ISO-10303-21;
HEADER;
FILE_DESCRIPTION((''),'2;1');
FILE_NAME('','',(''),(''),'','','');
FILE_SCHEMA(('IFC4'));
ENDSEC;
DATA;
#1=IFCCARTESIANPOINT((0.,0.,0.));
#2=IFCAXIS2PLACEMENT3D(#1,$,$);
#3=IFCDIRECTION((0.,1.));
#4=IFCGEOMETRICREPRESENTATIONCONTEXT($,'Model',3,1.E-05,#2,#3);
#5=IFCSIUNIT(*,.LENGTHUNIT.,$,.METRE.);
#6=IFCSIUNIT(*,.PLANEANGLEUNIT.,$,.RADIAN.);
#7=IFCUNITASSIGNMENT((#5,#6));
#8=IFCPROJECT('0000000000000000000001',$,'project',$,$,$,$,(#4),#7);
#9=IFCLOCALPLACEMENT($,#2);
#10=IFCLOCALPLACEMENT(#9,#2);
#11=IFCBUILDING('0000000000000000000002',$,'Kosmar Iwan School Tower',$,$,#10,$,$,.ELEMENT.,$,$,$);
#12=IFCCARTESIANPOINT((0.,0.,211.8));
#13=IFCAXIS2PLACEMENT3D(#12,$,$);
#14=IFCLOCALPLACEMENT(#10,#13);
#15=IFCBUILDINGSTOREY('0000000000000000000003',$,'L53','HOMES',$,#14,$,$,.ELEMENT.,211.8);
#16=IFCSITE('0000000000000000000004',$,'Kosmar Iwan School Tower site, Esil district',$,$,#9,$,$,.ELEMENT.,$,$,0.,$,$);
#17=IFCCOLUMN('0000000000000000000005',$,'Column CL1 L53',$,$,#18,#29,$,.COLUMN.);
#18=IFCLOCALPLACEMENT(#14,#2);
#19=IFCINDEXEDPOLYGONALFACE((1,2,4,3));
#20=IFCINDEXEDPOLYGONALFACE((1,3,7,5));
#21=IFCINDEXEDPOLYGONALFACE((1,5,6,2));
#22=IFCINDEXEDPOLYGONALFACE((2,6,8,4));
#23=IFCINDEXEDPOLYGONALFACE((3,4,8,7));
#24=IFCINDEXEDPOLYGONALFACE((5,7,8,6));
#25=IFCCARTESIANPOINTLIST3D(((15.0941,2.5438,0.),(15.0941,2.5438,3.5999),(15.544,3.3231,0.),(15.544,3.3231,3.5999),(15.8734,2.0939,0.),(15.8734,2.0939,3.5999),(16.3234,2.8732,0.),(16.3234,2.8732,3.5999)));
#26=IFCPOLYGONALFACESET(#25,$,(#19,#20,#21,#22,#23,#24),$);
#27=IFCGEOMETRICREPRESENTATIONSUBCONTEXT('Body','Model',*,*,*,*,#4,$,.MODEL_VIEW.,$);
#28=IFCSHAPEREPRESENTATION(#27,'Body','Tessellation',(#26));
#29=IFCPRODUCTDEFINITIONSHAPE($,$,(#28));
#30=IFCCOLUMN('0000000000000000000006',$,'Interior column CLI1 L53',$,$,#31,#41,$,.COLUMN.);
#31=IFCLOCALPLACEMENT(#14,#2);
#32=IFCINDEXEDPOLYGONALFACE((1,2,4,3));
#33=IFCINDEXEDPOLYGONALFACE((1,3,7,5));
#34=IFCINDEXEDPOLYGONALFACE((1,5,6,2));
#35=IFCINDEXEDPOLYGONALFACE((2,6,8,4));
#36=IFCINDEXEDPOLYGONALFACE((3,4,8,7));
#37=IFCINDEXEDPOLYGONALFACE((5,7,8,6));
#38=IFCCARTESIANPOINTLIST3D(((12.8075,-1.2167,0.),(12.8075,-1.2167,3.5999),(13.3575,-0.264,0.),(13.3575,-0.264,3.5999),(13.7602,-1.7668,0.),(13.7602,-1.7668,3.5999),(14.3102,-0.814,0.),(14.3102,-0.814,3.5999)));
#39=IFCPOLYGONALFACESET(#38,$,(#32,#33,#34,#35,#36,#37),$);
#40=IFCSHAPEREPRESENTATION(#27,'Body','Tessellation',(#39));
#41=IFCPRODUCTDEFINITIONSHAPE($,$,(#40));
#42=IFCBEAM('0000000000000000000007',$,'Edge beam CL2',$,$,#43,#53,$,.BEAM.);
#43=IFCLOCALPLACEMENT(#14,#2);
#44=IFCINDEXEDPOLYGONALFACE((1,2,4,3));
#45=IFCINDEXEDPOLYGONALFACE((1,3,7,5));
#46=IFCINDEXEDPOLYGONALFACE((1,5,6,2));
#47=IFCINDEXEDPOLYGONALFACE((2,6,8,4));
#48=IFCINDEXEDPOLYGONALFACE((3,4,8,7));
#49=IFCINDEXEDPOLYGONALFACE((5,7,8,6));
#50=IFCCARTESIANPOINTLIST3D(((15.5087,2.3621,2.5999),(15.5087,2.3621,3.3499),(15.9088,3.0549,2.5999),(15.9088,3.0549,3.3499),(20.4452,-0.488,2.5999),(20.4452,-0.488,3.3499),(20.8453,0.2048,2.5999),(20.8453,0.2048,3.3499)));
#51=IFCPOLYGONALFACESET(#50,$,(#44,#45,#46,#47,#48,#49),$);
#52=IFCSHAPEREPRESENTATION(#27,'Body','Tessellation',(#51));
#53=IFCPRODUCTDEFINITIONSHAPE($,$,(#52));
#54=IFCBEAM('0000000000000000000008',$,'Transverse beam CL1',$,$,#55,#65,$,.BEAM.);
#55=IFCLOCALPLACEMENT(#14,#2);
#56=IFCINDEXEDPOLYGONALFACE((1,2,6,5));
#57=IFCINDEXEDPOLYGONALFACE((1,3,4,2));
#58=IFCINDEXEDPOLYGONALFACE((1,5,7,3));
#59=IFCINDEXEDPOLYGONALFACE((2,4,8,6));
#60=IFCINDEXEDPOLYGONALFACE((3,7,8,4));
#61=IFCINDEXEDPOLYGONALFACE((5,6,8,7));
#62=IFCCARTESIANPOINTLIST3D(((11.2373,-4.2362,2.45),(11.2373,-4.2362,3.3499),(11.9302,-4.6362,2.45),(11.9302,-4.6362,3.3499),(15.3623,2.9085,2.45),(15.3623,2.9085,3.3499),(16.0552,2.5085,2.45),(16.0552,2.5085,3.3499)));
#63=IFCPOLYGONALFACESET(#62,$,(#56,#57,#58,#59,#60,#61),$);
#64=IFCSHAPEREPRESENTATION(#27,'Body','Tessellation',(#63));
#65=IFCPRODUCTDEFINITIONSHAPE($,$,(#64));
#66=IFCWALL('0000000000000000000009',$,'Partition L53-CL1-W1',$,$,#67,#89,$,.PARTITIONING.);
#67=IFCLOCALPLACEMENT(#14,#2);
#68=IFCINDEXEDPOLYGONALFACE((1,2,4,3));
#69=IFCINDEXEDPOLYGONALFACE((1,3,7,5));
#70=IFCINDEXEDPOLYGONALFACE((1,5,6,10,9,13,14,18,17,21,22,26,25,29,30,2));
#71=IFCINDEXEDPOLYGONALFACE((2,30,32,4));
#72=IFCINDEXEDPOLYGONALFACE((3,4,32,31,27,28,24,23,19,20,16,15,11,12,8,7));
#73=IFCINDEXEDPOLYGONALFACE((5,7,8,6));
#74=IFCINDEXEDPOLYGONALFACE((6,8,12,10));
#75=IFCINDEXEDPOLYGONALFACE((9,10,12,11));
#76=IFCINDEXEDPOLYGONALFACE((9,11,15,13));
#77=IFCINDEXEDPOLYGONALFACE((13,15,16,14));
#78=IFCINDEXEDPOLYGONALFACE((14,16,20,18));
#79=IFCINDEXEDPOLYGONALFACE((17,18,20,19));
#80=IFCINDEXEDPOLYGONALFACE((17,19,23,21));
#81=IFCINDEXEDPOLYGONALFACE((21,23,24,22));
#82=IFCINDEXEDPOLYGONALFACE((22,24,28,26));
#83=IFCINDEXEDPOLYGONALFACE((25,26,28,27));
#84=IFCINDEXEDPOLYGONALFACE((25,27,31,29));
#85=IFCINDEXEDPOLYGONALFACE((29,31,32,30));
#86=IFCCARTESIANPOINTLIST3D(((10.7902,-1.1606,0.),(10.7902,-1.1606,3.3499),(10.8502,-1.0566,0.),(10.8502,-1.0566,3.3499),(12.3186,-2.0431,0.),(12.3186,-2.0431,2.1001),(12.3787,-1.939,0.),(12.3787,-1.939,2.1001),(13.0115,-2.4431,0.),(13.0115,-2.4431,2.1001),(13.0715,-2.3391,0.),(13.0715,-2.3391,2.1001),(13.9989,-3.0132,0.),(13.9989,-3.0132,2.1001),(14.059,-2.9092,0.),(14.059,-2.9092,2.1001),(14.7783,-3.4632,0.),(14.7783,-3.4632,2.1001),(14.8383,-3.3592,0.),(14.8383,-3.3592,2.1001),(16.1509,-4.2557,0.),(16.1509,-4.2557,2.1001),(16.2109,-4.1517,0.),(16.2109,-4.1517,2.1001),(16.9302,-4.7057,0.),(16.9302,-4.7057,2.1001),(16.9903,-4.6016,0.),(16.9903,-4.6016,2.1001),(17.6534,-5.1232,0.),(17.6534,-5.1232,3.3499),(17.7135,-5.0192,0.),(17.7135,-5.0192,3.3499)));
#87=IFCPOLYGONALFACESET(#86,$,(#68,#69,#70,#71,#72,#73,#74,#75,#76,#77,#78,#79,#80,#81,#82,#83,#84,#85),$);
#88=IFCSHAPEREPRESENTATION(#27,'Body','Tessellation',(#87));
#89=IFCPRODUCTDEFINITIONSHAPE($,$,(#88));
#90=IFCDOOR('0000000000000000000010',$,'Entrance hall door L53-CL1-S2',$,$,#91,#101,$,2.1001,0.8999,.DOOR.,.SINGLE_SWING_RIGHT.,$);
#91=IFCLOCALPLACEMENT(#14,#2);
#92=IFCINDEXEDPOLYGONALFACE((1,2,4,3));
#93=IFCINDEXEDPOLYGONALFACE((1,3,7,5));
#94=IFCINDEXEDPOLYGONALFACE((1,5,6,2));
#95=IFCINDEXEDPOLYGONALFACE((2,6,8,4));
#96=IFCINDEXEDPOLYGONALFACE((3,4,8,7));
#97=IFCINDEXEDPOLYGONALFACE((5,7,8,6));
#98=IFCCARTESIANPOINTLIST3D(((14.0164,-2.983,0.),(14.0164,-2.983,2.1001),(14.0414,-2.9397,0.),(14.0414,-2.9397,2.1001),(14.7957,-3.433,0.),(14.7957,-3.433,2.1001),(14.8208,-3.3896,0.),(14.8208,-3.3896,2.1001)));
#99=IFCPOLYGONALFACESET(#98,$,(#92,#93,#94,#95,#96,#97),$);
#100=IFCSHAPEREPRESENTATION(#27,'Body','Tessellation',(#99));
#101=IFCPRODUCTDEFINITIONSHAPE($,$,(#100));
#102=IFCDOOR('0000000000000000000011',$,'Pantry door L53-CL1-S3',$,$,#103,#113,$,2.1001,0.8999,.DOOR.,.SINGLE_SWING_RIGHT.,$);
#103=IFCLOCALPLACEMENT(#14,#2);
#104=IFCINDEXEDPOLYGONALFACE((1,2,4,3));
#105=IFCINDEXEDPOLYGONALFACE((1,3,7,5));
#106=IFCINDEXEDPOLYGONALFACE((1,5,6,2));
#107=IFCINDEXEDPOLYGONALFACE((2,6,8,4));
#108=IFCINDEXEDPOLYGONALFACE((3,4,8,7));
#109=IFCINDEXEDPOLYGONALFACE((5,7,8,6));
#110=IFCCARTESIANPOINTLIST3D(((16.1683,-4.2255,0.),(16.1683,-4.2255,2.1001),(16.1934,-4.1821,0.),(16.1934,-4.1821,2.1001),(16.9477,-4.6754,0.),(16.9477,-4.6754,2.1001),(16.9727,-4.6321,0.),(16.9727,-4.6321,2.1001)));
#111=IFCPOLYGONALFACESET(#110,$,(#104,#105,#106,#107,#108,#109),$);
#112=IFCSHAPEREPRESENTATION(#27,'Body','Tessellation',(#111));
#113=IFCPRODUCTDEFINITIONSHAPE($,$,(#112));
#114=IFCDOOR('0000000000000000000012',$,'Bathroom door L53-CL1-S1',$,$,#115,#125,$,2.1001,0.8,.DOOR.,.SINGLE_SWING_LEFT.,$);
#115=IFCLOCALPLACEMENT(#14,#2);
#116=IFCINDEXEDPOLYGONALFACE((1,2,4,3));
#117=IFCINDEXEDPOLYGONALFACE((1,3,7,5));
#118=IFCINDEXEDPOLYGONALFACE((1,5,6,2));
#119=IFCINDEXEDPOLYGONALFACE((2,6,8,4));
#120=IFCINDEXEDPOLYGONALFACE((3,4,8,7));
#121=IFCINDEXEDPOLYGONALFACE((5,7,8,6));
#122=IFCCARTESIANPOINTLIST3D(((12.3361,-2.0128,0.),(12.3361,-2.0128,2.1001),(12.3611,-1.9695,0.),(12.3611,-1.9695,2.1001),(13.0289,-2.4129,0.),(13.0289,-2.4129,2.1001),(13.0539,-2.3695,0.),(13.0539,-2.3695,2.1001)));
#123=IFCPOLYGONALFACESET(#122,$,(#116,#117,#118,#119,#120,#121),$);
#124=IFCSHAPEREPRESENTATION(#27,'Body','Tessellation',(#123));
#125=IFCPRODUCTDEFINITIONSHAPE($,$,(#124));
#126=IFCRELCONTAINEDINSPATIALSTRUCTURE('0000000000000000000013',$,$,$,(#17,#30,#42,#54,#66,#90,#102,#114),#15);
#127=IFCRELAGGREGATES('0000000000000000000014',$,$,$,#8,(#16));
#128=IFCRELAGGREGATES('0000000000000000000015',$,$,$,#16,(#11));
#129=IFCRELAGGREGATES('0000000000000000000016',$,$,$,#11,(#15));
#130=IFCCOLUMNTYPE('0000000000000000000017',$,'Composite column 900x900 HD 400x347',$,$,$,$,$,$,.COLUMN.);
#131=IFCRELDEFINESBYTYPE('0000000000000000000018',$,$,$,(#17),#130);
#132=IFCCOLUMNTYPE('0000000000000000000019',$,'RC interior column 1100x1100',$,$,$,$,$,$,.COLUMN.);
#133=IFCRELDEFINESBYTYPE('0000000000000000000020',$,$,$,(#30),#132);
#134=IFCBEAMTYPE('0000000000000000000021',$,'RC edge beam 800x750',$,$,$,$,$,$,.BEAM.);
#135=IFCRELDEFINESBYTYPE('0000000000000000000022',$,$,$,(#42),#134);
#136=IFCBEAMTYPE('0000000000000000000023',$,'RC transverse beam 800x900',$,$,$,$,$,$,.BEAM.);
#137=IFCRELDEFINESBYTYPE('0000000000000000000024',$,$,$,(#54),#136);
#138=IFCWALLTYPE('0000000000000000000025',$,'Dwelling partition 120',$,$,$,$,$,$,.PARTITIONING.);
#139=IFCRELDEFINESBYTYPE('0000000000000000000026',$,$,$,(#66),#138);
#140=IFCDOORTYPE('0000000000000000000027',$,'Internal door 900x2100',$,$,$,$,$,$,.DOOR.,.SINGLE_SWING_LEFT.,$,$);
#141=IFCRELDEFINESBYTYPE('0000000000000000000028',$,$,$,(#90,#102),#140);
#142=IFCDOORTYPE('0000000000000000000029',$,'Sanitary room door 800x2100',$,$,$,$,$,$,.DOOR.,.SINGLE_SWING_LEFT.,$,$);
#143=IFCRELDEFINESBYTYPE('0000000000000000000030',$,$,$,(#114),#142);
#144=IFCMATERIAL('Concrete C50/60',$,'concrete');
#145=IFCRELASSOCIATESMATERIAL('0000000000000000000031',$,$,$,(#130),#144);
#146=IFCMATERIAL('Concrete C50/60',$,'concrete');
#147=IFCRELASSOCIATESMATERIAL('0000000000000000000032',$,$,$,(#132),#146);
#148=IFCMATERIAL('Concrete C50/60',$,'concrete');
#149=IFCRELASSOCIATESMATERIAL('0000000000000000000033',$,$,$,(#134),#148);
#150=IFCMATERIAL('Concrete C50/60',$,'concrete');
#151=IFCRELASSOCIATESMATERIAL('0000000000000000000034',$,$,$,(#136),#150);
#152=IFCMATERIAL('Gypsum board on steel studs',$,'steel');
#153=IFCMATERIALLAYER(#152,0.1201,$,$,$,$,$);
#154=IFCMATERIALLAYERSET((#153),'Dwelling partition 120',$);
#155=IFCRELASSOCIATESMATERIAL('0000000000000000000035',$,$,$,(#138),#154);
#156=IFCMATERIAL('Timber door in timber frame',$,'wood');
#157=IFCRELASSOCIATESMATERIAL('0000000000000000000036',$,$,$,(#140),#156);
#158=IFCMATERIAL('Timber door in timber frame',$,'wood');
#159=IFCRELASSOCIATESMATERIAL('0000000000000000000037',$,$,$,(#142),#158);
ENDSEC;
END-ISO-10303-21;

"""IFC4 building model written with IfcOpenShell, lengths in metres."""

from ifc_helpers import new_model, si_unit, direction, frame, frame_2d, origin, origin_2d, place, context, subcontext, project, spatial, rectangle, extrude, material, layer, layer_set, material_profile, profile_set, type_object, element, fill, save


model = new_model("IFC4")

# Units and contexts
model_context = context("Model", 3, precision=1e-05, world=origin(), true_north=direction((0.0, 1.0)))
body_context = subcontext(model_context, "Body", "Model", "MODEL_VIEW")
ifc_project = project(units=[si_unit("LENGTHUNIT", "METRE"), si_unit("PLANEANGLEUNIT", "RADIAN")], contexts=[model_context])

# Site, building, storey
site_placement = place(None, origin())
site = spatial("IfcSite", under=ifc_project, at=site_placement, Name="Kosmar Iwan School Tower site, Esil district", CompositionType="ELEMENT", RefElevation=0.0)
building_placement = place(site_placement, origin())
building = spatial("IfcBuilding", under=site, at=building_placement, Name="Kosmar Iwan School Tower", CompositionType="ELEMENT")
storey_placement = place(building_placement, frame((0.0, 0.0, 211.8)))
storey = spatial("IfcBuildingStorey", under=building, at=storey_placement, Name="L53", Description="HOMES", CompositionType="ELEMENT", Elevation=211.8)

# Columns
ifc_material_1 = material(Name="Concrete C50/60", Category="concrete")
ifc_material_profile_1 = material_profile(ifc_material_1, rectangle(XDim=0.8999, YDim=0.8999, at=origin_2d()), Name="RC 900x900 + HD 400x347")
ifc_profile_set_1 = profile_set([ifc_material_profile_1], Name="Concrete C50/60")
column_type_1 = type_object("IfcColumnType", Name="Composite column 900x900 HD 400x347", PredefinedType="COLUMN", material=ifc_profile_set_1)
column_1_placement = place(storey_placement, frame((15.7087, 2.7085, 0.0), z_axis=(0.0, 0.0, 1.0), x_axis=(0.866025, -0.5, 0.0)))
element("IfcColumn", 1, at=column_1_placement, inside=storey, type_object=column_type_1, Name="Column CL1 L53", PredefinedType="COLUMN", context=body_context, shape_type="SweptSolid", body=[
    extrude(rectangle(XDim=0.8999, YDim=0.8999, at=origin_2d()), origin(), (0.0, 0.0, 1.0), 3.5999),
])
ifc_material_2 = material(Name="Concrete C50/60", Category="concrete")
ifc_material_profile_2 = material_profile(ifc_material_2, rectangle(XDim=1.1001, YDim=1.1001, at=origin_2d()), Name="RC 1100x1100")
ifc_profile_set_2 = profile_set([ifc_material_profile_2], Name="Concrete C50/60")
column_type_2 = type_object("IfcColumnType", Name="RC interior column 1100x1100", PredefinedType="COLUMN", material=ifc_profile_set_2)
column_2_placement = place(storey_placement, frame((13.5588, -1.0154, 0.0), z_axis=(0.0, 0.0, 1.0), x_axis=(0.866025, -0.5, 0.0)))
element("IfcColumn", 2, at=column_2_placement, inside=storey, type_object=column_type_2, Name="Interior column CLI1 L53", PredefinedType="COLUMN", context=body_context, shape_type="SweptSolid", body=[
    extrude(rectangle(XDim=1.1001, YDim=1.1001, at=origin_2d()), origin(), (0.0, 0.0, 1.0), 3.5999),
])

# Beams
ifc_material_3 = material(Name="Concrete C50/60", Category="concrete")
ifc_material_profile_3 = material_profile(ifc_material_3, rectangle(XDim=0.8, YDim=0.75, at=origin_2d()), Name="RC 800x750")
ifc_profile_set_3 = profile_set([ifc_material_profile_3], Name="Concrete C50/60")
beam_type_1 = type_object("IfcBeamType", Name="RC edge beam 800x750", PredefinedType="BEAM", material=ifc_profile_set_3)
beam_1_placement = place(storey_placement, frame((15.7087, 2.7085, 2.9749), z_axis=(0.866026, -0.499999, 0.0), x_axis=(0.499999, 0.866026, 0.0)))
element("IfcBeam", 3, at=beam_1_placement, inside=storey, type_object=beam_type_1, Name="Edge beam CL2", PredefinedType="BEAM", context=body_context, shape_type="SweptSolid", body=[
    extrude(rectangle(XDim=0.8, YDim=0.75, at=origin_2d()), origin(), (0.0, 0.0, 1.0), 5.7002),
])
ifc_material_4 = material(Name="Concrete C50/60", Category="concrete")
ifc_material_profile_4 = material_profile(ifc_material_4, rectangle(XDim=0.8, YDim=0.8999, at=origin_2d()), Name="RC 800x900")
ifc_profile_set_4 = profile_set([ifc_material_profile_4], Name="Concrete C50/60")
beam_type_2 = type_object("IfcBeamType", Name="RC transverse beam 800x900", PredefinedType="BEAM", material=ifc_profile_set_4)
beam_2_placement = place(storey_placement, frame((15.7087, 2.7085, 2.8999), z_axis=(-0.499997, -0.866027, 0.0), x_axis=(0.866027, -0.499997, 0.0)))
element("IfcBeam", 4, at=beam_2_placement, inside=storey, type_object=beam_type_2, Name="Transverse beam CL1", PredefinedType="BEAM", context=body_context, shape_type="SweptSolid", body=[
    extrude(rectangle(XDim=0.8, YDim=0.8999, at=origin_2d()), origin(), (0.0, 0.0, 1.0), 8.25),
])

# Wall, openings, doors
ifc_material_5 = material(Name="Gypsum board on steel studs", Category="steel")
ifc_layer_1 = layer(ifc_material_5, 0.1201)
ifc_layer_set_1 = layer_set([ifc_layer_1], Name="Dwelling partition 120")
wall_type_1 = type_object("IfcWallType", Name="Dwelling partition 120", PredefinedType="PARTITIONING", material=ifc_layer_set_1)
wall_1_placement = place(storey_placement, frame((10.8203, -1.1086, 0.0), z_axis=(0.0, 0.0, 1.0), x_axis=(0.866018, -0.500012, 0.0)))
wall_1 = element("IfcWall", 5, at=wall_1_placement, inside=storey, type_object=wall_type_1, Name="Partition L53-CL1-W1", PredefinedType="PARTITIONING", context=body_context, shape_type="SweptSolid", body=[
    extrude(rectangle(XDim=7.925, YDim=0.1201, at=frame_2d((3.9624, 0.0))), origin(), (0.0, 0.0, 1.0), 3.3499),
])
opening_1_placement = place(wall_1_placement, frame((1.7649, 0.0, 0.0)))
opening_1 = element("IfcOpeningElement", 6, at=opening_1_placement, cuts=wall_1, PredefinedType="OPENING", context=body_context, shape_type="SweptSolid", body=[
    extrude(rectangle(XDim=0.8, YDim=2.1001, at=frame_2d((0.3999, 1.05))), frame((0.0, 0.072, 0.0), z_axis=(0.0, -1.0, 0.0), x_axis=(1.0, 0.0, 0.0)), (0.0, 0.0, 1.0), 0.144),
])
opening_2_placement = place(wall_1_placement, frame((3.7051, 0.0, 0.0)))
opening_2 = element("IfcOpeningElement", 7, at=opening_2_placement, cuts=wall_1, PredefinedType="OPENING", context=body_context, shape_type="SweptSolid", body=[
    extrude(rectangle(XDim=0.8999, YDim=2.1001, at=frame_2d((0.45, 1.05))), frame((0.0, 0.072, 0.0), z_axis=(0.0, -1.0, 0.0), x_axis=(1.0, 0.0, 0.0)), (0.0, 0.0, 1.0), 0.144),
])
opening_3_placement = place(wall_1_placement, frame((6.1899, 0.0, 0.0)))
opening_3 = element("IfcOpeningElement", 8, at=opening_3_placement, cuts=wall_1, PredefinedType="OPENING", context=body_context, shape_type="SweptSolid", body=[
    extrude(rectangle(XDim=0.8999, YDim=2.1001, at=frame_2d((0.45, 1.05))), frame((0.0, 0.072, 0.0), z_axis=(0.0, -1.0, 0.0), x_axis=(1.0, 0.0, 0.0)), (0.0, 0.0, 1.0), 0.144),
])
ifc_material_6 = material(Name="Timber door in timber frame", Category="wood")
door_type_1 = type_object("IfcDoorType", Name="Internal door 900x2100", OperationType="SINGLE_SWING_LEFT", PredefinedType="DOOR", material=ifc_material_6)
door_1_placement = place(opening_2_placement, origin())
door_1 = element("IfcDoor", 9, at=door_1_placement, inside=storey, type_object=door_type_1, Name="Entrance hall door L53-CL1-S2", OperationType="SINGLE_SWING_RIGHT", OverallHeight=2.1001, OverallWidth=0.8999, PredefinedType="DOOR", context=body_context, shape_type="SweptSolid", body=[
    extrude(rectangle(XDim=0.8999, YDim=2.1001, at=frame_2d((0.45, 1.05))), frame((0.0, 0.0249, 0.0), z_axis=(0.0, -1.0, 0.0), x_axis=(1.0, 0.0, 0.0)), (0.0, 0.0, 1.0), 0.05),
])
fill(opening_2, door_1)
door_2_placement = place(opening_3_placement, origin())
door_2 = element("IfcDoor", 10, at=door_2_placement, inside=storey, type_object=door_type_1, Name="Pantry door L53-CL1-S3", OperationType="SINGLE_SWING_RIGHT", OverallHeight=2.1001, OverallWidth=0.8999, PredefinedType="DOOR", context=body_context, shape_type="SweptSolid", body=[
    extrude(rectangle(XDim=0.8999, YDim=2.1001, at=frame_2d((0.45, 1.05))), frame((0.0, 0.0249, 0.0), z_axis=(0.0, -1.0, 0.0), x_axis=(1.0, 0.0, 0.0)), (0.0, 0.0, 1.0), 0.05),
])
fill(opening_3, door_2)
ifc_material_7 = material(Name="Timber door in timber frame", Category="wood")
door_type_2 = type_object("IfcDoorType", Name="Sanitary room door 800x2100", OperationType="SINGLE_SWING_LEFT", PredefinedType="DOOR", material=ifc_material_7)
door_3_placement = place(opening_1_placement, origin())
door_3 = element("IfcDoor", 11, at=door_3_placement, inside=storey, type_object=door_type_2, Name="Bathroom door L53-CL1-S1", OperationType="SINGLE_SWING_LEFT", OverallHeight=2.1001, OverallWidth=0.8, PredefinedType="DOOR", context=body_context, shape_type="SweptSolid", body=[
    extrude(rectangle(XDim=0.8, YDim=2.1001, at=frame_2d((0.3999, 1.05))), frame((0.0, 0.0249, 0.0), z_axis=(0.0, -1.0, 0.0), x_axis=(1.0, 0.0, 0.0)), (0.0, 0.0, 1.0), 0.05),
])
fill(opening_1, door_3)

save(model, "model.ifc")
